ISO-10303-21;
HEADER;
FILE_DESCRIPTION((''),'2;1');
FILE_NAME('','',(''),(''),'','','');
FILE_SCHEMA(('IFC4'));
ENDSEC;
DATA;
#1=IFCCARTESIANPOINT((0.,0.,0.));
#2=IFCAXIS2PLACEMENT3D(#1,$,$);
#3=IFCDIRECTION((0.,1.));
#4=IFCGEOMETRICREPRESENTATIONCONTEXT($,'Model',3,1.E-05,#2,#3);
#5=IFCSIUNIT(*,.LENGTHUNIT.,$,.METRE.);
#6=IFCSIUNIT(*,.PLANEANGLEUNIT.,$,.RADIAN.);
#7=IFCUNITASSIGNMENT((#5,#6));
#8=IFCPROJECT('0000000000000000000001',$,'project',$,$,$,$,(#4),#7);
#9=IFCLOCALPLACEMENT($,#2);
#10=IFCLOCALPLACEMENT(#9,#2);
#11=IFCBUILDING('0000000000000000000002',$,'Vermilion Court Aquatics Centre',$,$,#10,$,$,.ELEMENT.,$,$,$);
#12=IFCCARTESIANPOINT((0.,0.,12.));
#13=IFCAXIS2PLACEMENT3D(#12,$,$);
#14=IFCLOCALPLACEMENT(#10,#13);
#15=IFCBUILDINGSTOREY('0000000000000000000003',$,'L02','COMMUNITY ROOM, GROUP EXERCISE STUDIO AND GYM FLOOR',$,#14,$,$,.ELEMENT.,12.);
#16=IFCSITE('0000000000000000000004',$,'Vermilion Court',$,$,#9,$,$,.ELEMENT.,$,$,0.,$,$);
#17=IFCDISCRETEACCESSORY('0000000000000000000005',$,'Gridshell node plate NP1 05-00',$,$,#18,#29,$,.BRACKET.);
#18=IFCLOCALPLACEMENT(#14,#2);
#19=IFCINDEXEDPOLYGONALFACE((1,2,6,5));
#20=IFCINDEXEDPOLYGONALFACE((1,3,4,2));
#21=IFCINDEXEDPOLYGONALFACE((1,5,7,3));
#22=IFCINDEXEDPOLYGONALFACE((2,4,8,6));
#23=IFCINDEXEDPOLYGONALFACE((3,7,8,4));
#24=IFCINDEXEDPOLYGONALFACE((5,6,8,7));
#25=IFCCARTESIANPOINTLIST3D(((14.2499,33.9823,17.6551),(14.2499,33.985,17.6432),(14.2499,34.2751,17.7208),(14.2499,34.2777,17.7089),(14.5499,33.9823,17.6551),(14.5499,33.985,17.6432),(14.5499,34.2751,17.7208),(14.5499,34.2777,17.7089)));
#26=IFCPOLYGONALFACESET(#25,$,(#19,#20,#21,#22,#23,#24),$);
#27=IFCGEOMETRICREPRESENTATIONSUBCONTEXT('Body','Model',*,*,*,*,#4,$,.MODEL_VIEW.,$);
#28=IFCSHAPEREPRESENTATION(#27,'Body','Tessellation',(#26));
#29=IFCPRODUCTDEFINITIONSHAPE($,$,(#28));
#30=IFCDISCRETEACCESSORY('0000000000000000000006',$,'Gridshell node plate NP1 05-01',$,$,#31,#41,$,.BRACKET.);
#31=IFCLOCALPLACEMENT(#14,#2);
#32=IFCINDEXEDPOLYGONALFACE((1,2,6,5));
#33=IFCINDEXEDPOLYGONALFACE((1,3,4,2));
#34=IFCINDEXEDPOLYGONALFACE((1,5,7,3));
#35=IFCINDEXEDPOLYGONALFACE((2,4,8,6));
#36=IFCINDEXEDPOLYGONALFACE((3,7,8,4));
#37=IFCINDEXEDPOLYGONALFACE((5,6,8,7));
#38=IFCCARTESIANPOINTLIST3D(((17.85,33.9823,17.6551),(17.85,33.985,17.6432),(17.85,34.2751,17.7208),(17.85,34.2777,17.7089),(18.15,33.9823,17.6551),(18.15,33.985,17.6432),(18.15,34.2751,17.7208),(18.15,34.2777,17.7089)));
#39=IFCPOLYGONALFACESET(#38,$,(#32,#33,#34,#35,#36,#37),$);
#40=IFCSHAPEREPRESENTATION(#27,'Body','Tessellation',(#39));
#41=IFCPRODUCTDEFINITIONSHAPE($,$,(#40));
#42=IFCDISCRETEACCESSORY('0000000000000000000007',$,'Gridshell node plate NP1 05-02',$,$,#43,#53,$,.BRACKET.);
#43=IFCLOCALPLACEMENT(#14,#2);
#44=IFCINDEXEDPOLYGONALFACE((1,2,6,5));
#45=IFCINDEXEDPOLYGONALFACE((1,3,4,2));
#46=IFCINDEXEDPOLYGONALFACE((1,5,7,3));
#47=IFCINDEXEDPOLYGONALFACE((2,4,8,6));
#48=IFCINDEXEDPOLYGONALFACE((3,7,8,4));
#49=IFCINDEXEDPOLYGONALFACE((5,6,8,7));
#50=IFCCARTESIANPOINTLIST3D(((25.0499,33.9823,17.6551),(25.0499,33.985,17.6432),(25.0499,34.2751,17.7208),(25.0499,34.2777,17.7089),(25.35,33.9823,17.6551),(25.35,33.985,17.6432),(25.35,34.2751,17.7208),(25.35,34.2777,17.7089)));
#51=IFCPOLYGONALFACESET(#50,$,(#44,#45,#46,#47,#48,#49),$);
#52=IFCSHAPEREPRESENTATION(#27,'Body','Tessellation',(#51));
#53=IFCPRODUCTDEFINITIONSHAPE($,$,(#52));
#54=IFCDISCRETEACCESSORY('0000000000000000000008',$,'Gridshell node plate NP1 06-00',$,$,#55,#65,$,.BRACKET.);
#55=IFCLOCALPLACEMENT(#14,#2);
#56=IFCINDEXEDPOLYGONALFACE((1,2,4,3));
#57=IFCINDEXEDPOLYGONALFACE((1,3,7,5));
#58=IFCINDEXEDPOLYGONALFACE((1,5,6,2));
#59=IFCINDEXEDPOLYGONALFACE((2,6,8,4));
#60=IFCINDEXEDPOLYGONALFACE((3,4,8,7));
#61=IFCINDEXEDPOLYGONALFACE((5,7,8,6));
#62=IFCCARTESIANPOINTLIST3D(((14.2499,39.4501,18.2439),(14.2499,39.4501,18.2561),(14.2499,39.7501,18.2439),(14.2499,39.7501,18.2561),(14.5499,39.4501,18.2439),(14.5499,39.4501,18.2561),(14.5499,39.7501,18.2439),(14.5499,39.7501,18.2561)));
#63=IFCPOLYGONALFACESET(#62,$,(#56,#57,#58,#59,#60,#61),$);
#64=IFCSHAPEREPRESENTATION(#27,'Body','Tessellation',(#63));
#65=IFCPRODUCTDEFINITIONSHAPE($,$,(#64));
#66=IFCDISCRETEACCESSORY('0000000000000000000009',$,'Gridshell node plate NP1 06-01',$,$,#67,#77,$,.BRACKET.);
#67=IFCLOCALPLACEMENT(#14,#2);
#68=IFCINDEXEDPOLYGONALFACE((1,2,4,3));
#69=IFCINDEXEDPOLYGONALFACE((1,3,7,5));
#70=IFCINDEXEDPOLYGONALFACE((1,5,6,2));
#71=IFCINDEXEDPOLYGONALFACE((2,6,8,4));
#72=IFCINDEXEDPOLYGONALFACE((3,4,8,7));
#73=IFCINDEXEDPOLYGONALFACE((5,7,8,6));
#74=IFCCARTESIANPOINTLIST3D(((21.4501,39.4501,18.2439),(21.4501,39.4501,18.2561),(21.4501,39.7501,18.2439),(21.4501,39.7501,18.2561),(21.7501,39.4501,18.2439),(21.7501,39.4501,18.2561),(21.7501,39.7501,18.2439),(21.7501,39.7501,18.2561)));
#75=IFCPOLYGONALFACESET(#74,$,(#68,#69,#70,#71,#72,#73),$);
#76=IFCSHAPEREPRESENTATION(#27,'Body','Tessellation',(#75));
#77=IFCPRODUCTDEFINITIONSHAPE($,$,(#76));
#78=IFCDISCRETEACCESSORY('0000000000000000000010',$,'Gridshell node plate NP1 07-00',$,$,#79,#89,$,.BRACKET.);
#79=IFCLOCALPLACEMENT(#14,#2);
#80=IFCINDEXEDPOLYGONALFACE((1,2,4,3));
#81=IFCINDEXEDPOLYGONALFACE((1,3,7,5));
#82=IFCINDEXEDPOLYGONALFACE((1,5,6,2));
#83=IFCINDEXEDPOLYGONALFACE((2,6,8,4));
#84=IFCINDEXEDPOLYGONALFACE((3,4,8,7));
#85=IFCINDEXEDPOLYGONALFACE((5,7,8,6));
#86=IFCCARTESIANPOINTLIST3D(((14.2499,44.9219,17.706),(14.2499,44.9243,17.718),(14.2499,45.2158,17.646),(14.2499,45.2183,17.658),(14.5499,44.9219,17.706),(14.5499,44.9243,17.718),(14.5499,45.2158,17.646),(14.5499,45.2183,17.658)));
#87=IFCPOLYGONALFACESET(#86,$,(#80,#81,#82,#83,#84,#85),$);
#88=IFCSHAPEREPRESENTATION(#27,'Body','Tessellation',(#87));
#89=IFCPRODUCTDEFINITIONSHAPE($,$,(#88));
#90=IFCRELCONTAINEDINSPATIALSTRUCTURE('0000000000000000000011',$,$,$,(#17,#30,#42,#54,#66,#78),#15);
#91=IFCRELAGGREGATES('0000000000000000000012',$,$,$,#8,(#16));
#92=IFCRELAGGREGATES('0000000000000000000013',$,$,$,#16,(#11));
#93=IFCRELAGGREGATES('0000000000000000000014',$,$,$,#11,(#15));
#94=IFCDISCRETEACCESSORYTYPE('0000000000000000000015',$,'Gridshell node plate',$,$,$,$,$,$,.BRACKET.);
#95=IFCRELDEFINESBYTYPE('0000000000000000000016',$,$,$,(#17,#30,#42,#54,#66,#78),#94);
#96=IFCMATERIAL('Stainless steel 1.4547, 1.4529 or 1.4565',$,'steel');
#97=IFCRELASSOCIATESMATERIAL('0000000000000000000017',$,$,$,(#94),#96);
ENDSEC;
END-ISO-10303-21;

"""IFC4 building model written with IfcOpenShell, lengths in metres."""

from ifc_helpers import new_model, si_unit, direction, frame, origin, origin_2d, place, context, subcontext, project, spatial, rectangle, extrude, material, material_profile, profile_set, type_object, element, save


model = new_model("IFC4")

# Units and contexts
model_context = context("Model", 3, precision=1e-05, world=origin(), true_north=direction((0.0, 1.0)))
body_context = subcontext(model_context, "Body", "Model", "MODEL_VIEW")
ifc_project = project(units=[si_unit("LENGTHUNIT", "METRE"), si_unit("PLANEANGLEUNIT", "RADIAN")], contexts=[model_context])

# Site, building, storey
site_placement = place(None, origin())
site = spatial("IfcSite", under=ifc_project, at=site_placement, Name="Vermilion Court", CompositionType="ELEMENT", RefElevation=0.0)
building_placement = place(site_placement, origin())
building = spatial("IfcBuilding", under=site, at=building_placement, Name="Vermilion Court Aquatics Centre", CompositionType="ELEMENT")
storey_placement = place(building_placement, frame((0.0, 0.0, 12.0)))
storey = spatial("IfcBuildingStorey", under=building, at=storey_placement, Name="L02", Description="COMMUNITY ROOM, GROUP EXERCISE STUDIO AND GYM FLOOR", CompositionType="ELEMENT", Elevation=12.0)

# Discrete accessories
ifc_material_1 = material(Name="Stainless steel 1.4547, 1.4529 or 1.4565", Category="steel")
ifc_material_profile_1 = material_profile(ifc_material_1, rectangle(XDim=0.3, YDim=0.3, at=origin_2d()), Name="PL 12 x 300 x 300")
ifc_profile_set_1 = profile_set([ifc_material_profile_1], Name="Stainless steel 1.4547, 1.4529 or 1.4565")
discrete_accessory_type = type_object("IfcDiscreteAccessoryType", Name="Gridshell node plate", PredefinedType="BRACKET", material=ifc_profile_set_1)
for number, where, z_axis, x_axis, name in (
    (1, (14.3999, 34.1313, 17.676), (0.0, -0.219038, 0.975716), (1.0, 0.0, 0.0), "Gridshell node plate NP1 05-00"),
    (2, (18.0, 34.1313, 17.676), (0.0, -0.219038, 0.975716), (1.0, 0.0, 0.0), "Gridshell node plate NP1 05-01"),
    (3, (25.2, 34.1313, 17.676), (0.0, -0.219038, 0.975716), (1.0, 0.0, 0.0), "Gridshell node plate NP1 05-02"),
    (4, (14.3999, 39.6001, 18.2439), (0.0, 0.0, 1.0), (1.0, 0.0, 0.0), "Gridshell node plate NP1 06-00"),
    (5, (21.6001, 39.6001, 18.2439), (0.0, 0.0, 1.0), (1.0, 0.0, 0.0), "Gridshell node plate NP1 06-01"),
    (6, (14.3999, 45.0688, 17.676), (0.0, 0.19996, 0.979804), (-1.0, 0.0, 0.0), "Gridshell node plate NP1 07-00"),
):
    element("IfcDiscreteAccessory", number, at=place(storey_placement, frame(where, z_axis=z_axis, x_axis=x_axis)), inside=storey, type_object=discrete_accessory_type, Name=name, PredefinedType="BRACKET", context=body_context, shape_type="SweptSolid", body=[
        extrude(rectangle(XDim=0.3, YDim=0.3, at=origin_2d()), origin(), (0.0, 0.0, 1.0), 0.0122),
    ])

save(model, "model.ifc")
